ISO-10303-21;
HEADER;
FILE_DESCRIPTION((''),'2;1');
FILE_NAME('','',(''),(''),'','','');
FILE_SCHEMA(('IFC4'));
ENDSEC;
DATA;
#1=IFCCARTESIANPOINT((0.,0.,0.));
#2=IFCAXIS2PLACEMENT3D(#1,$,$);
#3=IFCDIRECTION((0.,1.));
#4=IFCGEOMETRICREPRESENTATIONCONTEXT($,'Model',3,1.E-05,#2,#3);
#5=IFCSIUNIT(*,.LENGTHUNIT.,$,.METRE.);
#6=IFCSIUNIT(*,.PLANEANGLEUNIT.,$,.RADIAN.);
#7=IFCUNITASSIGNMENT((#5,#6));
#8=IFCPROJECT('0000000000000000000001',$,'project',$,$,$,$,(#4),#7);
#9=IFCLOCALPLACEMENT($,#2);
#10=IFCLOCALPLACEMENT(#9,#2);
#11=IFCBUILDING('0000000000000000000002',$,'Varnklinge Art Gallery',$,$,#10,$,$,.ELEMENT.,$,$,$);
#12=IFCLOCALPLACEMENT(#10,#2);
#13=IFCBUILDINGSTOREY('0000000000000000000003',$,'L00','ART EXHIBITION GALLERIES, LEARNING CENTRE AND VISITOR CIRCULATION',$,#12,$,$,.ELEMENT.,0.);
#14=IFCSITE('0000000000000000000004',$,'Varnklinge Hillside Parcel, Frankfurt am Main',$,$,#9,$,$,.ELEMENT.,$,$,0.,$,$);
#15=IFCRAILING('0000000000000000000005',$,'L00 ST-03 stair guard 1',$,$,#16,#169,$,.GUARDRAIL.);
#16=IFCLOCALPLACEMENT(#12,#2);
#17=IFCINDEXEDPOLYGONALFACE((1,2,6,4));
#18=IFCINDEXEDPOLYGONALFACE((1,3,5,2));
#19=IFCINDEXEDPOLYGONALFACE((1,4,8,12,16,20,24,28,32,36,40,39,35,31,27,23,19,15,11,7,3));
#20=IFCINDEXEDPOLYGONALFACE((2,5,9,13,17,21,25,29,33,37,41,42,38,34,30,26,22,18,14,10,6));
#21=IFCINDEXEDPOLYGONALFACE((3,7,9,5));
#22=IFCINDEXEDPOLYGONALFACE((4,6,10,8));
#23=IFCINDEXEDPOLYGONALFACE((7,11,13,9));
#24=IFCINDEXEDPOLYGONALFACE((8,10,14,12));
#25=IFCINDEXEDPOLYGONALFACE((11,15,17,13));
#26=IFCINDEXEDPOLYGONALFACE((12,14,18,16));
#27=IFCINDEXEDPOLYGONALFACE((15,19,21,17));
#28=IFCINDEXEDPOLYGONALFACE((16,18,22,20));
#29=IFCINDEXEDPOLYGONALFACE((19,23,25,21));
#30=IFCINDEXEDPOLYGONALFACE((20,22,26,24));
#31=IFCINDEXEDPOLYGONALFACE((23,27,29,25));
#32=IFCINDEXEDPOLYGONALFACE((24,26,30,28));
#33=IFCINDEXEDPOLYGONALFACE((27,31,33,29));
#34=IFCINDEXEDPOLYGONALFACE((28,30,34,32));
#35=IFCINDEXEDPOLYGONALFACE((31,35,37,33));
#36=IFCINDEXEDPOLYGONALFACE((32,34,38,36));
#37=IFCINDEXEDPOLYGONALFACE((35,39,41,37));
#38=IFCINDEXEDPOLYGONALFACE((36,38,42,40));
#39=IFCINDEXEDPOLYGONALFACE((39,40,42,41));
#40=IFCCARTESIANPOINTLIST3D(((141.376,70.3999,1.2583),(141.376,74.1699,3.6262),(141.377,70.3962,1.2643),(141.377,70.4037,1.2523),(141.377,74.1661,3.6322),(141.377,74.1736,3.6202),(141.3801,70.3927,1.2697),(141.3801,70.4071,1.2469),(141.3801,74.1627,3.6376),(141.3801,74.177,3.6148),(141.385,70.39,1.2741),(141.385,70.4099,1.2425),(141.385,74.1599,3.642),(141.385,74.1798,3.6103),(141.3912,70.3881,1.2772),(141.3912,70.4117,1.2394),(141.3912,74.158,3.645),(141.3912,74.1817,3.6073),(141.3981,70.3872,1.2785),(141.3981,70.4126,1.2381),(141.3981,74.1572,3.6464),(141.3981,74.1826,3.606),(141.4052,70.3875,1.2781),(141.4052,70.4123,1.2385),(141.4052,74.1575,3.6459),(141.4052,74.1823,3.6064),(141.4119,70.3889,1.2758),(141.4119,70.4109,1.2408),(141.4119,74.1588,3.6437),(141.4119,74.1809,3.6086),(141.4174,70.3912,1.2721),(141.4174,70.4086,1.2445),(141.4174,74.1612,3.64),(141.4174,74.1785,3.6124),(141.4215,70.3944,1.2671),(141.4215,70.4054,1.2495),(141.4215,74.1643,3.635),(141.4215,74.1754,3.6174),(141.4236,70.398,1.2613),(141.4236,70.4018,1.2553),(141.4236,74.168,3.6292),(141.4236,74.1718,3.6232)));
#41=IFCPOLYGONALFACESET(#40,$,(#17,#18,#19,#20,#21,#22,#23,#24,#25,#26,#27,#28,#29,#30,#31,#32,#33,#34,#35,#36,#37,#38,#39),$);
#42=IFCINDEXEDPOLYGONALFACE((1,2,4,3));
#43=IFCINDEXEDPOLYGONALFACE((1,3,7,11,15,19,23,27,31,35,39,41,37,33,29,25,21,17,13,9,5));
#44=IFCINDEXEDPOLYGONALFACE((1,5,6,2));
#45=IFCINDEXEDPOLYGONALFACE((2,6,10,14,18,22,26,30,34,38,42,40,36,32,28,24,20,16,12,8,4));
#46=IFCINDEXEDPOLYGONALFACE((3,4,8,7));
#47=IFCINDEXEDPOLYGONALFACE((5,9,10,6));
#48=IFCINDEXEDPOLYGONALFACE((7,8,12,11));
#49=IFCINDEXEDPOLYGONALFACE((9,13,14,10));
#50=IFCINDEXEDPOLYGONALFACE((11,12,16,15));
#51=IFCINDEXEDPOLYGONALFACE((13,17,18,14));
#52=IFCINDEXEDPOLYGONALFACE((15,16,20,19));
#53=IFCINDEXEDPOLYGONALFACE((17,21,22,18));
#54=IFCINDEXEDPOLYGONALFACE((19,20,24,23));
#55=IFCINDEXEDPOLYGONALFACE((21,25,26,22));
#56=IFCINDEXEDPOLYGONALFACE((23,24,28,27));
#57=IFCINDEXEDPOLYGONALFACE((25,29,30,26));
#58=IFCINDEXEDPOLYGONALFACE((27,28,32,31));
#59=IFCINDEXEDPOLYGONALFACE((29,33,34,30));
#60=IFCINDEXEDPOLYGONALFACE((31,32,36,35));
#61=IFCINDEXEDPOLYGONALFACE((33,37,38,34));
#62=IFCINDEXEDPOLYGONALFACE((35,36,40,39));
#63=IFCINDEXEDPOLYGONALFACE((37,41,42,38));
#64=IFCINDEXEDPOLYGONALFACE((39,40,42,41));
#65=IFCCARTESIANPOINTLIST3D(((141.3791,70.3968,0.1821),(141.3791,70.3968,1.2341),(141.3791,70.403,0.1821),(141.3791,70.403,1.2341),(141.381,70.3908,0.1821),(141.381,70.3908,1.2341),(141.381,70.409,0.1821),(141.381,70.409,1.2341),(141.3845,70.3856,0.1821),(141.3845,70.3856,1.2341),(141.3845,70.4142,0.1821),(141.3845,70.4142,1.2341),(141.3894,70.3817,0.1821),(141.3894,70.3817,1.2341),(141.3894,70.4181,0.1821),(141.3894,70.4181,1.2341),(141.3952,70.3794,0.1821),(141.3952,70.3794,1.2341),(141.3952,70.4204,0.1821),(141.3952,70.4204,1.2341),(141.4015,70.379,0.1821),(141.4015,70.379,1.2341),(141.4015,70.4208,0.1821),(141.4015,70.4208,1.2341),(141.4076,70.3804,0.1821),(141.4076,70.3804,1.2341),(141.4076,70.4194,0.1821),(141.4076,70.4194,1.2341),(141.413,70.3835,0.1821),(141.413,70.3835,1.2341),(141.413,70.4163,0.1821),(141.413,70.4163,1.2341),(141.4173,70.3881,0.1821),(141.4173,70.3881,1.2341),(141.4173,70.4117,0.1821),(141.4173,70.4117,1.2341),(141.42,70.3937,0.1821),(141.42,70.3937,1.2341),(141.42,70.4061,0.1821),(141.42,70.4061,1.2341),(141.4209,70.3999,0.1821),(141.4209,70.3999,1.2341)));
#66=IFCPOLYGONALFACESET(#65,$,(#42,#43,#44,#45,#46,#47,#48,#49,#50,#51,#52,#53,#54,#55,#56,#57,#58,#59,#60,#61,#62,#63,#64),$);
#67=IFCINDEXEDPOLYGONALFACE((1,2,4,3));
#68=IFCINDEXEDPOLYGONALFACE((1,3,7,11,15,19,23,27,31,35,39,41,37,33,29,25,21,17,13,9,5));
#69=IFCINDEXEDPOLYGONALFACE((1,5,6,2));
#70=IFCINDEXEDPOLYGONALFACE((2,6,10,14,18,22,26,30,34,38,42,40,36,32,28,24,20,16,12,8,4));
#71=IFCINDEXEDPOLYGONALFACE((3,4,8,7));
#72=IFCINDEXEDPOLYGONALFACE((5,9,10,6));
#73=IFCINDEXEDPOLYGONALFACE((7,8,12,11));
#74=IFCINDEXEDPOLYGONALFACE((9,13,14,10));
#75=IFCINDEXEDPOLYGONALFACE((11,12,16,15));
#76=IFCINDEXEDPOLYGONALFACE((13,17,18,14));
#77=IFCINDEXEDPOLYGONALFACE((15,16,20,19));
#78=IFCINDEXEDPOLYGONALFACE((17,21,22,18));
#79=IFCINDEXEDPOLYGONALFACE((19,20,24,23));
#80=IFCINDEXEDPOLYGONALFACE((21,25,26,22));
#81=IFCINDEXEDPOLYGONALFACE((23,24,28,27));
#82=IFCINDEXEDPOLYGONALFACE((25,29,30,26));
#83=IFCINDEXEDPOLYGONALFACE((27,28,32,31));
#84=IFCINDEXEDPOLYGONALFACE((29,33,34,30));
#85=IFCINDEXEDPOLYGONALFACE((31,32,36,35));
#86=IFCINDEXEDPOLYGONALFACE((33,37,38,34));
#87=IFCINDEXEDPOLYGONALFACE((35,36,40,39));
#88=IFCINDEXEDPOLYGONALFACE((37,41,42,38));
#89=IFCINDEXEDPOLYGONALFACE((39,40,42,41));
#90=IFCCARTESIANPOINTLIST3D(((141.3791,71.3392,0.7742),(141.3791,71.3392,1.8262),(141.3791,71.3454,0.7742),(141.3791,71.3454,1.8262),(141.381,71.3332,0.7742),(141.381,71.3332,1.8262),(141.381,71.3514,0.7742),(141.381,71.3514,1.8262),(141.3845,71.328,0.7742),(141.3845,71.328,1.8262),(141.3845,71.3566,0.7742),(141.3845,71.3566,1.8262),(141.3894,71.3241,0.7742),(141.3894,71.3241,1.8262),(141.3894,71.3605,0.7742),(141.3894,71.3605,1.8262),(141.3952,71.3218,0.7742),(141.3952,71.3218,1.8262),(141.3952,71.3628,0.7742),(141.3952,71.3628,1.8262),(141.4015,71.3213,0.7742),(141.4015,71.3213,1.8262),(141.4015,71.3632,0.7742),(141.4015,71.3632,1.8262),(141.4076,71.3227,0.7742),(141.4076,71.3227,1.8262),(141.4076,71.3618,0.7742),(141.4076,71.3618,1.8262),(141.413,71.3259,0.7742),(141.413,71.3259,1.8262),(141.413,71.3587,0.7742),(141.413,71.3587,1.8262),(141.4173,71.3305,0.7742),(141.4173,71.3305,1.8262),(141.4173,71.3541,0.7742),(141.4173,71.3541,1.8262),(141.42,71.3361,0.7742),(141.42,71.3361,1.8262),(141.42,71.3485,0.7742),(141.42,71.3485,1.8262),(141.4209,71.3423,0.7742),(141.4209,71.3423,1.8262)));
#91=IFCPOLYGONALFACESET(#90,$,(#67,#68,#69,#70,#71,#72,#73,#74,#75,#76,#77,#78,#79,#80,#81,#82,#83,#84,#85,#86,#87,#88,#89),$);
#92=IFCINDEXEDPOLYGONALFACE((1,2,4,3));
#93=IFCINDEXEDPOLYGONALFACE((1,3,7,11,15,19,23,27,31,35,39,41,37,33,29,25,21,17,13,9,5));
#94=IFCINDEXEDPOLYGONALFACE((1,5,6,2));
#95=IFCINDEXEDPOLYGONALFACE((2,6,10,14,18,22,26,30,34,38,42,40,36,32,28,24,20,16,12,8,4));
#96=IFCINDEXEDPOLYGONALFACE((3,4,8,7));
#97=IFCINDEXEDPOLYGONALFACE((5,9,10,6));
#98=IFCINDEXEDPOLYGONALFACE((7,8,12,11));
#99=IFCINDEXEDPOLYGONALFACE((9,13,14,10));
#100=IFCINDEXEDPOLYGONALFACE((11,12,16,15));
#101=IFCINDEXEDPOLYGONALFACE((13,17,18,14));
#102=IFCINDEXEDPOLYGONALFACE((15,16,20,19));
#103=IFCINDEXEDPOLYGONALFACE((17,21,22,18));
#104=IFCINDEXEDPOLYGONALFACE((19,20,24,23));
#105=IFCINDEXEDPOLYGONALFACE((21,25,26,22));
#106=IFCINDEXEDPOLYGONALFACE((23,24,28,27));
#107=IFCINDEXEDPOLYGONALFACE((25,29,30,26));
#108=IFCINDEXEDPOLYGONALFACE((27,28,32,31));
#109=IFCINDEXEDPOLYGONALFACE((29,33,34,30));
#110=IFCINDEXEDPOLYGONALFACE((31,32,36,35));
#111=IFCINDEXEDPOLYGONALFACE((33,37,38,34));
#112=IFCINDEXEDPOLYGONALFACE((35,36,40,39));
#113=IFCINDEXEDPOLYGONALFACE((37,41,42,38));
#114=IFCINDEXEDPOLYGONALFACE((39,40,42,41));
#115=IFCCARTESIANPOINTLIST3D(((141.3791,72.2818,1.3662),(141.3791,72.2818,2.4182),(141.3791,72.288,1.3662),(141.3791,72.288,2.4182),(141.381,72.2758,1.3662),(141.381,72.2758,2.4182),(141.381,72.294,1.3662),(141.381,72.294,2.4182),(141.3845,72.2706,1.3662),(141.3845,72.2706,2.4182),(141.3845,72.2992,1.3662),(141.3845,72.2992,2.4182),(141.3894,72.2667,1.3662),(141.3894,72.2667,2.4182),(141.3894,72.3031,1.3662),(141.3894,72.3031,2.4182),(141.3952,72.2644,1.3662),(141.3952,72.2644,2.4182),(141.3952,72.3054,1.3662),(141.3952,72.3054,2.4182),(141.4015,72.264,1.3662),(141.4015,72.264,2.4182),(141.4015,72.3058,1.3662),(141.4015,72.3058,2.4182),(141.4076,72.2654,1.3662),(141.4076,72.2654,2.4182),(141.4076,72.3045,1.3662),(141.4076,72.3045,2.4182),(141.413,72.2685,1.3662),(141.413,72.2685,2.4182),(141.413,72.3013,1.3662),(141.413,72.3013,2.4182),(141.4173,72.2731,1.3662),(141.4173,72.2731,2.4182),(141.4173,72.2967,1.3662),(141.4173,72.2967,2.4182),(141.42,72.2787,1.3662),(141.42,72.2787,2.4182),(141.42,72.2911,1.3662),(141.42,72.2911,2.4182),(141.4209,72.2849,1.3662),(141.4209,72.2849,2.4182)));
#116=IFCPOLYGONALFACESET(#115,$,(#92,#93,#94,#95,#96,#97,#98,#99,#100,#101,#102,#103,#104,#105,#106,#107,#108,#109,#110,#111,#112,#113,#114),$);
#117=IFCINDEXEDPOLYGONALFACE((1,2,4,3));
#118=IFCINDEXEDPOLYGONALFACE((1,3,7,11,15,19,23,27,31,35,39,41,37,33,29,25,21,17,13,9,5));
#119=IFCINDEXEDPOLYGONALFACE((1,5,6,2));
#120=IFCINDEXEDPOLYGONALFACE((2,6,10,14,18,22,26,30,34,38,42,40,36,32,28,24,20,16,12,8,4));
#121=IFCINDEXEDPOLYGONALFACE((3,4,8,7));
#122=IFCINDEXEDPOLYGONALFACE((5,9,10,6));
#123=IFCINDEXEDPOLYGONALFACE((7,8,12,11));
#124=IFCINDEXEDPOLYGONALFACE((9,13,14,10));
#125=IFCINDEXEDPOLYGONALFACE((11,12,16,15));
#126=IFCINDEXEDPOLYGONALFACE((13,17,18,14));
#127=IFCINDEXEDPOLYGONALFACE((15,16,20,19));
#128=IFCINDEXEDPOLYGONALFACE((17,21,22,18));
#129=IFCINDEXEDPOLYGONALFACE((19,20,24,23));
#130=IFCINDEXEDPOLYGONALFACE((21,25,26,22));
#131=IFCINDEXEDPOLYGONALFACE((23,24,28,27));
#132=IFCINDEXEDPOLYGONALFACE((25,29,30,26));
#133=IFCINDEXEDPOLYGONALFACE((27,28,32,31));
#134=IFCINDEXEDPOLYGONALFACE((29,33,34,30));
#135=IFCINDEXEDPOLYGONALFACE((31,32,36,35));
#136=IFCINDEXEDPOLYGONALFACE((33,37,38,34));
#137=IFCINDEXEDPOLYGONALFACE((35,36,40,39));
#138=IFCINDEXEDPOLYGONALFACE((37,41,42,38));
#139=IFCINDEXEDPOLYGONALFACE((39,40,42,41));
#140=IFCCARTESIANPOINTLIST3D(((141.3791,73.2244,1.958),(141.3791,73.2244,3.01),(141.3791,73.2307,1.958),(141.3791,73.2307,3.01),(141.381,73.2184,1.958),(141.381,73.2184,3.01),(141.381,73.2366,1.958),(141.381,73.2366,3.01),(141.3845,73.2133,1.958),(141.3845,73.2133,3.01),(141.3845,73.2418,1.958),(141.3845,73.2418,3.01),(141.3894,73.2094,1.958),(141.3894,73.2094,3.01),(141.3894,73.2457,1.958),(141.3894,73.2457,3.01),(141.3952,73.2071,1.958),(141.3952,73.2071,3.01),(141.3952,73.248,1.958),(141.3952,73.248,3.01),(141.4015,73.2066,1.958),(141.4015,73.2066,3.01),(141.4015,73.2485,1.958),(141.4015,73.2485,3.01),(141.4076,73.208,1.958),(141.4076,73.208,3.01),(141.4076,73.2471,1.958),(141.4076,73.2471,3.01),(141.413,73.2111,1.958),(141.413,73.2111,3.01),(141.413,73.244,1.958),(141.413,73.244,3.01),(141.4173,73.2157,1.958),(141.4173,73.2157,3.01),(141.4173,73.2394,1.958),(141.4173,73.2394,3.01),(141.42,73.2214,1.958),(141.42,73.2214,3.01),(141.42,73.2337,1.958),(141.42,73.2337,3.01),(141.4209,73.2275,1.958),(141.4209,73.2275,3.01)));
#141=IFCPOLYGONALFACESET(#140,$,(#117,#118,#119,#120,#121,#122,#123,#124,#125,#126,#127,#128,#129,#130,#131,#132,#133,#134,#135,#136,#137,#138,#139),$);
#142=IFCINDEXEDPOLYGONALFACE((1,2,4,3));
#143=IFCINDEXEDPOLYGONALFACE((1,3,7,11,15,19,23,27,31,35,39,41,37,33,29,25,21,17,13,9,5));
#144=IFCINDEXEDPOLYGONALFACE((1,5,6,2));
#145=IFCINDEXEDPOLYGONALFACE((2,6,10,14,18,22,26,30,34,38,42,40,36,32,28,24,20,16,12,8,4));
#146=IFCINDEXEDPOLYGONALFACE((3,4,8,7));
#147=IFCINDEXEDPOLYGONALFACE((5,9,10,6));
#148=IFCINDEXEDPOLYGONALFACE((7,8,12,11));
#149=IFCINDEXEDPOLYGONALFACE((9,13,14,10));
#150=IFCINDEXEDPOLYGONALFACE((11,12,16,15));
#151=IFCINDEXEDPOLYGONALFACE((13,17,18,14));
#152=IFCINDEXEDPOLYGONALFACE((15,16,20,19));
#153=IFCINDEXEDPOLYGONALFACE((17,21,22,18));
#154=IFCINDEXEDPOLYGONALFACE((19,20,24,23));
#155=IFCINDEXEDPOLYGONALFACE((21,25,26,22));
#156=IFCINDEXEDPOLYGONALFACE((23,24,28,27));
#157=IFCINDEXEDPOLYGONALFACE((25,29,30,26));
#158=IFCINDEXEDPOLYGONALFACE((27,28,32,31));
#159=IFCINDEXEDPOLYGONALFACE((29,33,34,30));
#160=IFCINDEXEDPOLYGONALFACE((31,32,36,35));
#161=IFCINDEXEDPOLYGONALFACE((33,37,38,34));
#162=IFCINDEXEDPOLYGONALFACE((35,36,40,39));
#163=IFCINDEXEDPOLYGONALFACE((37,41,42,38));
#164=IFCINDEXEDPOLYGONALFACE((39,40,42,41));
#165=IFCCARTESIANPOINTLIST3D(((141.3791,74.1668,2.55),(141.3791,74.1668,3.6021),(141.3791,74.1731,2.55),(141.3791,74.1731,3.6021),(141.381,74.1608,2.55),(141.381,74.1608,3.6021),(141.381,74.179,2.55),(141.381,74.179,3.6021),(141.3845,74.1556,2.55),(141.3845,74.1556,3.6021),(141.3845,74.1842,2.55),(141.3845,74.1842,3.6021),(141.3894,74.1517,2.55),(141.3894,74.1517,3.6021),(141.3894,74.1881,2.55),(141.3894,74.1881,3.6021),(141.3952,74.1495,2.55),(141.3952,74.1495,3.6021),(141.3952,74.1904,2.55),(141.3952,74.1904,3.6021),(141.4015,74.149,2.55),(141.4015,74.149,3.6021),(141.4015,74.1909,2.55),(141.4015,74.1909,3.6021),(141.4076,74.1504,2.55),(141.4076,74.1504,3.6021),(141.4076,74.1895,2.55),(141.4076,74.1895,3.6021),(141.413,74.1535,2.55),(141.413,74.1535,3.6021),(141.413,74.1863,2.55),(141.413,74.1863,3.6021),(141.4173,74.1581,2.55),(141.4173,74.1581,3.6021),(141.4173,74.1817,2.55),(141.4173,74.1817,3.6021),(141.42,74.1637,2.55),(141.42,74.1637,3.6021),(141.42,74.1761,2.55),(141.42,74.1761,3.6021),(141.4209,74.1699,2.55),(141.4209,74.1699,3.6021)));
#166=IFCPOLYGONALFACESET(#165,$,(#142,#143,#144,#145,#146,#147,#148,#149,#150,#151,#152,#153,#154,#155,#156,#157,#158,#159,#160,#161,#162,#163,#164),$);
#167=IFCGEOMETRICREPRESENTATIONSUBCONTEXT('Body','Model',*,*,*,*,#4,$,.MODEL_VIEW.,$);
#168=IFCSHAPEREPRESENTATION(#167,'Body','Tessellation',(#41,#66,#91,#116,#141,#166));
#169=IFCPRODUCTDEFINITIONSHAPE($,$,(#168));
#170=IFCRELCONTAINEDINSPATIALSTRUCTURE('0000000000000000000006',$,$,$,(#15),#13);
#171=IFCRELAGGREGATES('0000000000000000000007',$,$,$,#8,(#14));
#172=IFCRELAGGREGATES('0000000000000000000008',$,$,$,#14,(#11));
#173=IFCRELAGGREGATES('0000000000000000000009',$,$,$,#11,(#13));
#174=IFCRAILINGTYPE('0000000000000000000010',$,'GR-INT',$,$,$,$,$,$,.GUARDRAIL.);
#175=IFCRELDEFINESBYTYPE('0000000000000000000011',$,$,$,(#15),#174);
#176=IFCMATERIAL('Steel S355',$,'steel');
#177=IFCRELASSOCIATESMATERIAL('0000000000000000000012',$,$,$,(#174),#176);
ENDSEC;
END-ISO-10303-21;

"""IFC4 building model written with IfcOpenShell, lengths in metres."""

from ifc_helpers import new_model, si_unit, direction, frame, origin, origin_2d, place, context, subcontext, project, spatial, circle, extrude, material, type_object, element, save


model = new_model("IFC4")

# Units and contexts
model_context = context("Model", 3, precision=1e-05, world=origin(), true_north=direction((0.0, 1.0)))
body_context = subcontext(model_context, "Body", "Model", "MODEL_VIEW")
ifc_project = project(units=[si_unit("LENGTHUNIT", "METRE"), si_unit("PLANEANGLEUNIT", "RADIAN")], contexts=[model_context])

# Site, building, storey
site_placement = place(None, origin())
site = spatial("IfcSite", under=ifc_project, at=site_placement, Name="Varnklinge Hillside Parcel, Frankfurt am Main", CompositionType="ELEMENT", RefElevation=0.0)
building_placement = place(site_placement, origin())
building = spatial("IfcBuilding", under=site, at=building_placement, Name="Varnklinge Art Gallery", CompositionType="ELEMENT")
storey_placement = place(building_placement, origin())
storey = spatial("IfcBuildingStorey", under=building, at=storey_placement, Name="L00", Description="ART EXHIBITION GALLERIES, LEARNING CENTRE AND VISITOR CIRCULATION", CompositionType="ELEMENT", Elevation=0.0)

# Railing
ifc_material_1 = material(Name="Steel S355", Category="steel")
railing_type_1 = type_object("IfcRailingType", Name="GR-INT", PredefinedType="GUARDRAIL", material=ifc_material_1)
railing_1_placement = place(storey_placement, frame((141.3999, 70.3999, 0.1821)))
element("IfcRailing", 1, at=railing_1_placement, inside=storey, type_object=railing_type_1, Name="L00 ST-03 stair guard 1", PredefinedType="GUARDRAIL", context=body_context, shape_type="SweptSolid", body=[
    extrude(circle(Radius=0.0239, at=origin_2d()), frame((0.0, 0.0, 1.0762), z_axis=(0.0, 0.846819, 0.531881), x_axis=(-1.0, 0.0, 0.0)), (0.0, 0.0, 1.0), 4.4519),
    extrude(circle(Radius=0.021, at=origin_2d()), origin(), (0.0, 0.0, 1.0), 1.052),
    extrude(circle(Radius=0.021, at=origin_2d()), frame((0.0, 0.9424, 0.592)), (0.0, 0.0, 1.0), 1.052),
    extrude(circle(Radius=0.021, at=origin_2d()), frame((0.0, 1.885, 1.1841)), (0.0, 0.0, 1.0), 1.052),
    extrude(circle(Radius=0.021, at=origin_2d()), frame((0.0, 2.8276, 1.7759)), (0.0, 0.0, 1.0), 1.052),
    extrude(circle(Radius=0.021, at=origin_2d()), frame((0.0, 3.77, 2.3679)), (0.0, 0.0, 1.0), 1.052),
])

save(model, "model.ifc")
